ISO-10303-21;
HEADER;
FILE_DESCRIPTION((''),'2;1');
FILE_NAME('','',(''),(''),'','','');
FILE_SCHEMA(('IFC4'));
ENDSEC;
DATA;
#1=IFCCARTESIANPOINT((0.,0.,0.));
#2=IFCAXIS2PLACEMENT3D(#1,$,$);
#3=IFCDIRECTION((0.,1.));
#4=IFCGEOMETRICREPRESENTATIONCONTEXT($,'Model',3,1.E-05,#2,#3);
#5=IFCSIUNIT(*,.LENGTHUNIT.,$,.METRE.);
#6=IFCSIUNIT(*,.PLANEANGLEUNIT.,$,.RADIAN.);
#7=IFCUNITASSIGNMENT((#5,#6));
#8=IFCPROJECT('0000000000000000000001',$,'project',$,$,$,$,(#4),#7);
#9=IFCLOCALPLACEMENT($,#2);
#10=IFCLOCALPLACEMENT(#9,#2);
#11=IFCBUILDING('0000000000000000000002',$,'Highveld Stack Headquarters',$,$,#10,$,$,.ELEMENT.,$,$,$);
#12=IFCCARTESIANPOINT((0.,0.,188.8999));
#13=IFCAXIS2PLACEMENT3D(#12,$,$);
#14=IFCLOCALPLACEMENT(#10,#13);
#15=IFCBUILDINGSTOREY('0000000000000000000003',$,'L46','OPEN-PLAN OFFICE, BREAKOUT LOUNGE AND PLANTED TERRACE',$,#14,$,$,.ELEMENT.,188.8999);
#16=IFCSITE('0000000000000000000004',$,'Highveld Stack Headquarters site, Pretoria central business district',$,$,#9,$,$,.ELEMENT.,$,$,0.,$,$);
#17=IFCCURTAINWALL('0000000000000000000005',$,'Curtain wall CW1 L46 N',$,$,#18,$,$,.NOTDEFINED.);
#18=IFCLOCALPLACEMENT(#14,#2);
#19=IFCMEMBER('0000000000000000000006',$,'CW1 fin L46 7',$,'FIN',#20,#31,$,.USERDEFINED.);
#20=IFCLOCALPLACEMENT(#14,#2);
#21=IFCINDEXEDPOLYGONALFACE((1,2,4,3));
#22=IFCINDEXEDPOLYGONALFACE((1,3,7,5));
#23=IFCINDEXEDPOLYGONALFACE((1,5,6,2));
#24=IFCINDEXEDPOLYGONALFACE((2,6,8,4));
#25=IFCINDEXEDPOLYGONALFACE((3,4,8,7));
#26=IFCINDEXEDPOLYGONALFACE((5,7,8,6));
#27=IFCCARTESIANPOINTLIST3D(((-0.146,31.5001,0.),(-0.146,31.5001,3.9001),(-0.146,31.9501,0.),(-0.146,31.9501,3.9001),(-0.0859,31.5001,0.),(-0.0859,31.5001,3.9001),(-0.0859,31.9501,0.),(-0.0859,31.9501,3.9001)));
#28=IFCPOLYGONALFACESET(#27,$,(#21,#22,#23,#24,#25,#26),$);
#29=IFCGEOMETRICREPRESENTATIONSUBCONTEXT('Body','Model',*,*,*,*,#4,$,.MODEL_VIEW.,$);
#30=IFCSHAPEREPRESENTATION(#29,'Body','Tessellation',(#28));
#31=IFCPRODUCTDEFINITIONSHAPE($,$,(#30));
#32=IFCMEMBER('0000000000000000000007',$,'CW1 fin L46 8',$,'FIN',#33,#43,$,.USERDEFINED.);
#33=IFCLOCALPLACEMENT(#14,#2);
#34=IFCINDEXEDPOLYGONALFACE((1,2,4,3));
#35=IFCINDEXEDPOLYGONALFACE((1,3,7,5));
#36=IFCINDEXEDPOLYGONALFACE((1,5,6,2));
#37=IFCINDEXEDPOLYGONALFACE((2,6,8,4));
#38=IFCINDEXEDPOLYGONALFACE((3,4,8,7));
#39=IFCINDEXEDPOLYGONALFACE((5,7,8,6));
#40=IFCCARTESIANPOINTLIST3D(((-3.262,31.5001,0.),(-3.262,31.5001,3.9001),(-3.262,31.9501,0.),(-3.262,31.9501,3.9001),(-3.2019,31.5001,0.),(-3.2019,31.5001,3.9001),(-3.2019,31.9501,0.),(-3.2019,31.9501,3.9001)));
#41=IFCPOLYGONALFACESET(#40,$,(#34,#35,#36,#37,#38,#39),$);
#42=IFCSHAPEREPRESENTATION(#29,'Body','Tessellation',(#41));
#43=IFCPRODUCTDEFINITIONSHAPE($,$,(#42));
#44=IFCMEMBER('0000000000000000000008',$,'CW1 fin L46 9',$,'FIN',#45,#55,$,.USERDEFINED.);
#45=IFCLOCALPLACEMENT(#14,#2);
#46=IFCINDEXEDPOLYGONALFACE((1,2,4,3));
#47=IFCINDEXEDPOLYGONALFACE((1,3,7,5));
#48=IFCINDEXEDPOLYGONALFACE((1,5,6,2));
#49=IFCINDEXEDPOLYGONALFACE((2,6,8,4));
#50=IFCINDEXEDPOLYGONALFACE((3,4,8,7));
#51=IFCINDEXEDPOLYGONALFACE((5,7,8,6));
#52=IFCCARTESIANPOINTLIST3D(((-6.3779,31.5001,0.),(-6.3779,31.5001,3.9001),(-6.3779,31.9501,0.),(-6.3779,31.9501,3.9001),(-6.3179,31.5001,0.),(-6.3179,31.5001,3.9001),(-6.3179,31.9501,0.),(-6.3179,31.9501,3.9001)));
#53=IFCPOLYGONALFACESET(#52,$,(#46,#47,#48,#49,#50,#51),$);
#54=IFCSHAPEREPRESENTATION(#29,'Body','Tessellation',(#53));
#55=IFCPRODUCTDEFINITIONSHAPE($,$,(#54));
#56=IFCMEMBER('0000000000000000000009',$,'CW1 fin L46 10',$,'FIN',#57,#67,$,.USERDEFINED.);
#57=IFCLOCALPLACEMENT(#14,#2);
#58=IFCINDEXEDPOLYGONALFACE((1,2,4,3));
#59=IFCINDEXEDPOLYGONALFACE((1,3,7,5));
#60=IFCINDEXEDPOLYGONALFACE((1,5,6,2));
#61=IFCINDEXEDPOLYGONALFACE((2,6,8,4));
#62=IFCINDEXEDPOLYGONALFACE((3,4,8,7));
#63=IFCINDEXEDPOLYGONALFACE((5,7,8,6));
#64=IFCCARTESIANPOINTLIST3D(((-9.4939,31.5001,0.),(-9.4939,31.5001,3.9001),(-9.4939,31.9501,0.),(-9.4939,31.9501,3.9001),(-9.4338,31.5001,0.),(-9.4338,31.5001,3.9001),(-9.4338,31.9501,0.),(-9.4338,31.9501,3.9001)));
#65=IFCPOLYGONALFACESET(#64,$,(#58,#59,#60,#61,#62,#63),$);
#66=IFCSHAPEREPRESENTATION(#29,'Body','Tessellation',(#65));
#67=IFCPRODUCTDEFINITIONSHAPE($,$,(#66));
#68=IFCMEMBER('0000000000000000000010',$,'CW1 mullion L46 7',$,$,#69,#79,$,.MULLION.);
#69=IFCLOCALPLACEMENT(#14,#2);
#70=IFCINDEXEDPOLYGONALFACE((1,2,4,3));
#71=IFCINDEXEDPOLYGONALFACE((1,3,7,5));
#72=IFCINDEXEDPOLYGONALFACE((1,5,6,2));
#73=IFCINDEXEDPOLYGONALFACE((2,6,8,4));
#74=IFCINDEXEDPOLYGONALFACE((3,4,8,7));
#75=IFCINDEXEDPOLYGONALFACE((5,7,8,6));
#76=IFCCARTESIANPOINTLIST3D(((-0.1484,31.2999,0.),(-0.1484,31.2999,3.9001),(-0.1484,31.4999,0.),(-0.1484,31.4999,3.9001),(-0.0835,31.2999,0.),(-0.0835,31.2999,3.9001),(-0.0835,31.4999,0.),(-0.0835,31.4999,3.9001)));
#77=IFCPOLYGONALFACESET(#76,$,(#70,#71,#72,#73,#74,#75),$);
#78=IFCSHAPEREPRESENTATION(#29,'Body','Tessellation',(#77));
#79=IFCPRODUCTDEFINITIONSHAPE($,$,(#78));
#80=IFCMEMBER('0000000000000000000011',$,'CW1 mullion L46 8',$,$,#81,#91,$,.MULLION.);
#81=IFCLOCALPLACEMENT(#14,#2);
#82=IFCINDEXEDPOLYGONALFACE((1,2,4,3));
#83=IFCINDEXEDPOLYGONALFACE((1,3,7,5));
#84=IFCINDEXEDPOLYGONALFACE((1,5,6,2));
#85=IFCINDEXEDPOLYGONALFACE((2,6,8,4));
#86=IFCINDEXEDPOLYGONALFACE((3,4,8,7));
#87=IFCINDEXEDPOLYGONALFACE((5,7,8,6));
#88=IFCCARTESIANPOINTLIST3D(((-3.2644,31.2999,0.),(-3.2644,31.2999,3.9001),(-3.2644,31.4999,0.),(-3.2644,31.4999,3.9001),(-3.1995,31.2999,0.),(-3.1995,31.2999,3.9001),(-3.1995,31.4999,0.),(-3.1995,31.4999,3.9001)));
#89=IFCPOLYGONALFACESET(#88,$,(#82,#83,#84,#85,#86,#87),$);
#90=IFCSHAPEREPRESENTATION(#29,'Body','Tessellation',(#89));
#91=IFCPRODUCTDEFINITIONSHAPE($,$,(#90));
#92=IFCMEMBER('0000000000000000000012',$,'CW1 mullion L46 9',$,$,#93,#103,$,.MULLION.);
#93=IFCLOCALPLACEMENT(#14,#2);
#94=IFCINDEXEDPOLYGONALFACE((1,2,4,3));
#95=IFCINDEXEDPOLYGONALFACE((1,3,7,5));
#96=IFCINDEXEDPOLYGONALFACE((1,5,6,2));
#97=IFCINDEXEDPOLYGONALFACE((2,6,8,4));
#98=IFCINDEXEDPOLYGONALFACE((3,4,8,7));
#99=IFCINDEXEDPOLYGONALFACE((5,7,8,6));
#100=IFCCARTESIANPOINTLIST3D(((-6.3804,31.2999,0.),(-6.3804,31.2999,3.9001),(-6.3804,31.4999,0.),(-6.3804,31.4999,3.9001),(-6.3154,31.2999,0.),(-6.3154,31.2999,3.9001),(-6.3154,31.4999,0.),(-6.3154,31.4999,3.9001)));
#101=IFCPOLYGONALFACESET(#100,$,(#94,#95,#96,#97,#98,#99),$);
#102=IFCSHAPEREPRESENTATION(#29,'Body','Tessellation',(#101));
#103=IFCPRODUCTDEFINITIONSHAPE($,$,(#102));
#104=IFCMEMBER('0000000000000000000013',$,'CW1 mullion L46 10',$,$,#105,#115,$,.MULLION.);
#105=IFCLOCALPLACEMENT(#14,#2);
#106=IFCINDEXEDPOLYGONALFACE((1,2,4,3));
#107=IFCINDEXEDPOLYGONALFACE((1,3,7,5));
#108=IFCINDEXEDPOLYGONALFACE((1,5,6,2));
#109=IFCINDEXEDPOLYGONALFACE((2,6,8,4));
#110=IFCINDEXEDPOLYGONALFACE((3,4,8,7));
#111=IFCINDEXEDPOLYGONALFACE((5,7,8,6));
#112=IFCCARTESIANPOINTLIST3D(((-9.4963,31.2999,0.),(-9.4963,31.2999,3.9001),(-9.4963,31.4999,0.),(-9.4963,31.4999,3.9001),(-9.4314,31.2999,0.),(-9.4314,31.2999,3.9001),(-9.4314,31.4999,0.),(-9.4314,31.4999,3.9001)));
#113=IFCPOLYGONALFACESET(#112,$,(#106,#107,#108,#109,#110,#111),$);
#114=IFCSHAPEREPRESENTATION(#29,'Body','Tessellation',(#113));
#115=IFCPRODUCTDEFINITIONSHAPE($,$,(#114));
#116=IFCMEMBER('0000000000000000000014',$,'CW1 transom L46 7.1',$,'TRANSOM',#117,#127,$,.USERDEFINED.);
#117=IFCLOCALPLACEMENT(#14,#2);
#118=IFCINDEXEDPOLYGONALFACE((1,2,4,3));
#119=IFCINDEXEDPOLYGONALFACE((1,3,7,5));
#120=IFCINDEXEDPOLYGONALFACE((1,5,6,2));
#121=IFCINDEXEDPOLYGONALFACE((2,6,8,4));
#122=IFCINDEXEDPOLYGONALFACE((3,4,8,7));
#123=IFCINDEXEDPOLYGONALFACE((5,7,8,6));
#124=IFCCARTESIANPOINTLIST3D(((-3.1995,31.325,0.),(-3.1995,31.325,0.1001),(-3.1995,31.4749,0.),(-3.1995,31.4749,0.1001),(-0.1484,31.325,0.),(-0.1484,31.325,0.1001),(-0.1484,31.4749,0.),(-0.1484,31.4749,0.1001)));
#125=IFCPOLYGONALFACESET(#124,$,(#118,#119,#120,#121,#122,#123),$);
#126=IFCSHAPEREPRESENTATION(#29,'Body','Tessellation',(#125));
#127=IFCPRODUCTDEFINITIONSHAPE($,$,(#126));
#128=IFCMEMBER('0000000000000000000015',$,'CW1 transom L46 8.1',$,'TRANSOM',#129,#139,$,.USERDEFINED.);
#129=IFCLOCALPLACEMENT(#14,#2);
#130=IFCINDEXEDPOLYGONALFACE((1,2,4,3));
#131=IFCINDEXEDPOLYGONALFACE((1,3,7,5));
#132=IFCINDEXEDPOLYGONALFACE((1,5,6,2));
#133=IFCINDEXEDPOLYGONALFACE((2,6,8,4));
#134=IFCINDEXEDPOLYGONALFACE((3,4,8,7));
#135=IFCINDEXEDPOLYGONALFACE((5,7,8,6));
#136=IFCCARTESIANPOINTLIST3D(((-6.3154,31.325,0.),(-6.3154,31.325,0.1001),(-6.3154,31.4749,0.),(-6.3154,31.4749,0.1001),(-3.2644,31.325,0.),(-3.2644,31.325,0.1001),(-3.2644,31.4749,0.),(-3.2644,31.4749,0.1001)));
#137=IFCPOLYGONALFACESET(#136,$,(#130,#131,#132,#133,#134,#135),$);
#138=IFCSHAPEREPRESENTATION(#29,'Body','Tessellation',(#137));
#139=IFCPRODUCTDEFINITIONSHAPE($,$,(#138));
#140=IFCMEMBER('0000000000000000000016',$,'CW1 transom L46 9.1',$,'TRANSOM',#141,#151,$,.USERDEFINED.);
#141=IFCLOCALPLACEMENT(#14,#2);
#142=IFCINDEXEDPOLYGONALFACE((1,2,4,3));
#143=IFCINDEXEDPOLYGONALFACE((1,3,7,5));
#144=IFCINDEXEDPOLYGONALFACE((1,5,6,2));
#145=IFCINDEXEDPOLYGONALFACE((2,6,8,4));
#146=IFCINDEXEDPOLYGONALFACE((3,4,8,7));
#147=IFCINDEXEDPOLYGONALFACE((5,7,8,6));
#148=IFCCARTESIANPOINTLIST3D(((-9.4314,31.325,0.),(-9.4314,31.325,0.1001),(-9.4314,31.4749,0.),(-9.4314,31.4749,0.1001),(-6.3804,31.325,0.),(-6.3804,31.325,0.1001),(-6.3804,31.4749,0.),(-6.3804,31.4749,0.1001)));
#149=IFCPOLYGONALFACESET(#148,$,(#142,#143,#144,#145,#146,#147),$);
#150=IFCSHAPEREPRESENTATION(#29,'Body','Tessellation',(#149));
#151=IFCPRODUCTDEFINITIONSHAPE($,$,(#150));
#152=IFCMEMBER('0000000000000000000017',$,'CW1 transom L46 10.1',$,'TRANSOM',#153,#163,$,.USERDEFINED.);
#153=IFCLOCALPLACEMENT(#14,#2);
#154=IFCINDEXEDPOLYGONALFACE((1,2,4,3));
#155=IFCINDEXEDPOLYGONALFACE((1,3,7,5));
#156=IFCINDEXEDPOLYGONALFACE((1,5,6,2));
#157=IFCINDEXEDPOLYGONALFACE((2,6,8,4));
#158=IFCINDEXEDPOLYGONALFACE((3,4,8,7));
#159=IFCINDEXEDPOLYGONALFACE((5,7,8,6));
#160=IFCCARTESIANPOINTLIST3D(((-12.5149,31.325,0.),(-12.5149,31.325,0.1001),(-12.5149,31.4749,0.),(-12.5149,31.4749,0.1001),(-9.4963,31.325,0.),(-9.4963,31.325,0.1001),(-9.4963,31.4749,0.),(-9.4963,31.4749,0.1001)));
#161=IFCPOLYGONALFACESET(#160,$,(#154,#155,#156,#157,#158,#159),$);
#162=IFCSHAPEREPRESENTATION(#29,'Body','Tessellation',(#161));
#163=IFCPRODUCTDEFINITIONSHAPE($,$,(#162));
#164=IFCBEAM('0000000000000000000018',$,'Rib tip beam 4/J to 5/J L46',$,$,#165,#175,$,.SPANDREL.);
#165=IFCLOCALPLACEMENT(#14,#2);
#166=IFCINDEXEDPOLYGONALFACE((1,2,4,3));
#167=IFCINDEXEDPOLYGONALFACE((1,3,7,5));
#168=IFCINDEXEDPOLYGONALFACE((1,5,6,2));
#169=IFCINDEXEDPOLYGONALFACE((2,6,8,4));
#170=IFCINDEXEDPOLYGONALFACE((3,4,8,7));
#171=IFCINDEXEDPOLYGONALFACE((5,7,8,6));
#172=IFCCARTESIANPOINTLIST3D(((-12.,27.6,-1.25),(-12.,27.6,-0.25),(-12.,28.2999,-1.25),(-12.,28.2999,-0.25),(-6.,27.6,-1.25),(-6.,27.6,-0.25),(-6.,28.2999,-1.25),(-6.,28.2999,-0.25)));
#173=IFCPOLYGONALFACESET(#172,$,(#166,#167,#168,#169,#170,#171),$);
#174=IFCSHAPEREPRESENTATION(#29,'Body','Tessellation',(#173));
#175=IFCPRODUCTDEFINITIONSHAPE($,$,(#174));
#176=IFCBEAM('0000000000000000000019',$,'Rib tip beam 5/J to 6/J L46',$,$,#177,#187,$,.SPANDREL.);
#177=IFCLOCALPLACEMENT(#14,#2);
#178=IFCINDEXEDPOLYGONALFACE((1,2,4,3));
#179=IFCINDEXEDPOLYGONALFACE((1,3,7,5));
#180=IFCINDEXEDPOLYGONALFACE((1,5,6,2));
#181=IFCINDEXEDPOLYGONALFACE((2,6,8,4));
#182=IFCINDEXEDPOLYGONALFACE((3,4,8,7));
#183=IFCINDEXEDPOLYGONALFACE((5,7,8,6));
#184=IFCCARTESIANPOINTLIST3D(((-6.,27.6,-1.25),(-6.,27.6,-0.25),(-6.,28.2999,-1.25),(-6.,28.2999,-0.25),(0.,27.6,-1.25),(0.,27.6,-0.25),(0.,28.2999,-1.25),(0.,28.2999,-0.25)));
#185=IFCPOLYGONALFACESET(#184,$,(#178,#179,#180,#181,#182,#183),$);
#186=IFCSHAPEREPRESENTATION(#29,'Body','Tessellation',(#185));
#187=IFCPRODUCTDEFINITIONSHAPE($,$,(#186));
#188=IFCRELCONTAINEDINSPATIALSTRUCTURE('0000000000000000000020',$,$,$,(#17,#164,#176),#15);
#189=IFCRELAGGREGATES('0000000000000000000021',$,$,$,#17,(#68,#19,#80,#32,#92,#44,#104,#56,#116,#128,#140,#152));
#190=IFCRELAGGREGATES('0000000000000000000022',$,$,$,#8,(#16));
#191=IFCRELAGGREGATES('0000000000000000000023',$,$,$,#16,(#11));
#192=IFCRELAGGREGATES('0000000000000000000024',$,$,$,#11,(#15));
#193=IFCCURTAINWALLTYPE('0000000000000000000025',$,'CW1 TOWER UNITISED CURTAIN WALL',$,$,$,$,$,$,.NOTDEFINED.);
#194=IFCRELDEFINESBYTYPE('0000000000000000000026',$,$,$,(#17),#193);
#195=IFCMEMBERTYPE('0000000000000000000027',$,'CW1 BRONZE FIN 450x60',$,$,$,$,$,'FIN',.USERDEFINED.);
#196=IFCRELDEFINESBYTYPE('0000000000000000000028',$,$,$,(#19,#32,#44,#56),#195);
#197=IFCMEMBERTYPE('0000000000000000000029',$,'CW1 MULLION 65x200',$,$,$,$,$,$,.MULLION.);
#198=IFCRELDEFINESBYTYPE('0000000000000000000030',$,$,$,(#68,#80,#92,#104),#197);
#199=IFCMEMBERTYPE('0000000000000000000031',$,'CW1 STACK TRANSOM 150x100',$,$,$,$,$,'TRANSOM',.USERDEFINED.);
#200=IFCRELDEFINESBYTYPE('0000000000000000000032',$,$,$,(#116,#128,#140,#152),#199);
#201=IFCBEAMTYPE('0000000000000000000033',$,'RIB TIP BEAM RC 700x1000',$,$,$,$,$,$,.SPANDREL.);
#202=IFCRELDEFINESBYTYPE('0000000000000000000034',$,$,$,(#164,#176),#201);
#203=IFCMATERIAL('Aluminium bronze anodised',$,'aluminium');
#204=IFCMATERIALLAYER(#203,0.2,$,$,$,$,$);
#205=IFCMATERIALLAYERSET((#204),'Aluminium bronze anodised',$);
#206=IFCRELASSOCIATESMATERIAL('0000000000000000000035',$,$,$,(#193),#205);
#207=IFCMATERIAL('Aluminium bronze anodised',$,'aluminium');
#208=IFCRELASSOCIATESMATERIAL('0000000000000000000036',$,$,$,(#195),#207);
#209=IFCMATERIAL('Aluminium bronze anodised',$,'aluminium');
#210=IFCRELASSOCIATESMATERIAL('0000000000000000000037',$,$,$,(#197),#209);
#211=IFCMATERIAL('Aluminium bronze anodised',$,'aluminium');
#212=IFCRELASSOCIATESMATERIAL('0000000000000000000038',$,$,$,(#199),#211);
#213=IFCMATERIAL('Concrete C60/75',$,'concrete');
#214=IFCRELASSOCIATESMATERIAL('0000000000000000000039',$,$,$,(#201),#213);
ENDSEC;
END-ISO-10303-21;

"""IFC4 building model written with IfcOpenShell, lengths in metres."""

from ifc_helpers import new_model, si_unit, direction, frame, origin, origin_2d, place, context, subcontext, project, spatial, rectangle, extrude, material, layer, layer_set, material_profile, profile_set, type_object, element, aggregate, save


model = new_model("IFC4")

# Units and contexts
model_context = context("Model", 3, precision=1e-05, world=origin(), true_north=direction((0.0, 1.0)))
body_context = subcontext(model_context, "Body", "Model", "MODEL_VIEW")
ifc_project = project(units=[si_unit("LENGTHUNIT", "METRE"), si_unit("PLANEANGLEUNIT", "RADIAN")], contexts=[model_context])

# Site, building, storey
site_placement = place(None, origin())
site = spatial("IfcSite", under=ifc_project, at=site_placement, Name="Highveld Stack Headquarters site, Pretoria central business district", CompositionType="ELEMENT", RefElevation=0.0)
building_placement = place(site_placement, origin())
building = spatial("IfcBuilding", under=site, at=building_placement, Name="Highveld Stack Headquarters", CompositionType="ELEMENT")
storey_placement = place(building_placement, frame((0.0, 0.0, 188.8999)))
storey = spatial("IfcBuildingStorey", under=building, at=storey_placement, Name="L46", Description="OPEN-PLAN OFFICE, BREAKOUT LOUNGE AND PLANTED TERRACE", CompositionType="ELEMENT", Elevation=188.8999)

# Curtain wall, members
ifc_material_1 = material(Name="Aluminium bronze anodised", Category="aluminium")
ifc_layer_1 = layer(ifc_material_1, 0.2)
ifc_layer_set_1 = layer_set([ifc_layer_1], Name="Aluminium bronze anodised")
curtain_wall_type = type_object("IfcCurtainWallType", Name="CW1 TOWER UNITISED CURTAIN WALL", PredefinedType="NOTDEFINED", material=ifc_layer_set_1)
curtain_wall_placement = place(storey_placement, origin())
curtain_wall = element("IfcCurtainWall", 1, at=curtain_wall_placement, inside=storey, type_object=curtain_wall_type, Name="Curtain wall CW1 L46 N", PredefinedType="NOTDEFINED")
ifc_material_2 = material(Name="Aluminium bronze anodised", Category="aluminium")
ifc_material_profile_1 = material_profile(ifc_material_2, rectangle(XDim=0.45, YDim=0.0601, at=origin_2d()), Name="FIN 450x60")
ifc_profile_set_1 = profile_set([ifc_material_profile_1], Name="Aluminium bronze anodised")
member_type_1 = type_object("IfcMemberType", Name="CW1 BRONZE FIN 450x60", ElementType="FIN", PredefinedType="USERDEFINED", material=ifc_profile_set_1)
member_1_placement = place(storey_placement, frame((-0.116, 31.7251, 0.0), z_axis=(0.0, 0.0, 1.0), x_axis=(0.0, -1.0, 0.0)))
member_1 = element("IfcMember", 2, at=member_1_placement, type_object=member_type_1, Name="CW1 fin L46 7", ObjectType="FIN", PredefinedType="USERDEFINED", context=body_context, shape_type="SweptSolid", body=[
    extrude(rectangle(XDim=0.45, YDim=0.0601, at=origin_2d()), origin(), (0.0, 0.0, 1.0), 3.9001),
])
member_2_placement = place(storey_placement, frame((-3.2319, 31.7251, 0.0), z_axis=(0.0, 0.0, 1.0), x_axis=(0.0, -1.0, 0.0)))
member_2 = element("IfcMember", 3, at=member_2_placement, type_object=member_type_1, Name="CW1 fin L46 8", ObjectType="FIN", PredefinedType="USERDEFINED", context=body_context, shape_type="SweptSolid", body=[
    extrude(rectangle(XDim=0.45, YDim=0.0601, at=origin_2d()), origin(), (0.0, 0.0, 1.0), 3.9001),
])
member_3_placement = place(storey_placement, frame((-6.3479, 31.7251, 0.0), z_axis=(0.0, 0.0, 1.0), x_axis=(0.0, -1.0, 0.0)))
member_3 = element("IfcMember", 4, at=member_3_placement, type_object=member_type_1, Name="CW1 fin L46 9", ObjectType="FIN", PredefinedType="USERDEFINED", context=body_context, shape_type="SweptSolid", body=[
    extrude(rectangle(XDim=0.45, YDim=0.0601, at=origin_2d()), origin(), (0.0, 0.0, 1.0), 3.9001),
])
member_4_placement = place(storey_placement, frame((-9.4639, 31.7251, 0.0), z_axis=(0.0, 0.0, 1.0), x_axis=(0.0, -1.0, 0.0)))
member_4 = element("IfcMember", 5, at=member_4_placement, type_object=member_type_1, Name="CW1 fin L46 10", ObjectType="FIN", PredefinedType="USERDEFINED", context=body_context, shape_type="SweptSolid", body=[
    extrude(rectangle(XDim=0.45, YDim=0.0601, at=origin_2d()), origin(), (0.0, 0.0, 1.0), 3.9001),
])
ifc_material_3 = material(Name="Aluminium bronze anodised", Category="aluminium")
ifc_material_profile_2 = material_profile(ifc_material_3, rectangle(XDim=0.2, YDim=0.0649, at=origin_2d()), Name="CW1 MULLION 65x200")
ifc_profile_set_2 = profile_set([ifc_material_profile_2], Name="Aluminium bronze anodised")
member_type_2 = type_object("IfcMemberType", Name="CW1 MULLION 65x200", PredefinedType="MULLION", material=ifc_profile_set_2)
member_5_placement = place(storey_placement, frame((-0.116, 31.3999, 0.0), z_axis=(0.0, 0.0, 1.0), x_axis=(0.0, -1.0, 0.0)))
member_5 = element("IfcMember", 6, at=member_5_placement, type_object=member_type_2, Name="CW1 mullion L46 7", PredefinedType="MULLION", context=body_context, shape_type="SweptSolid", body=[
    extrude(rectangle(XDim=0.2, YDim=0.0649, at=origin_2d()), origin(), (0.0, 0.0, 1.0), 3.9001),
])
member_6_placement = place(storey_placement, frame((-3.2319, 31.3999, 0.0), z_axis=(0.0, 0.0, 1.0), x_axis=(0.0, -1.0, 0.0)))
member_6 = element("IfcMember", 7, at=member_6_placement, type_object=member_type_2, Name="CW1 mullion L46 8", PredefinedType="MULLION", context=body_context, shape_type="SweptSolid", body=[
    extrude(rectangle(XDim=0.2, YDim=0.0649, at=origin_2d()), origin(), (0.0, 0.0, 1.0), 3.9001),
])
member_7_placement = place(storey_placement, frame((-6.3479, 31.3999, 0.0), z_axis=(0.0, 0.0, 1.0), x_axis=(0.0, -1.0, 0.0)))
member_7 = element("IfcMember", 8, at=member_7_placement, type_object=member_type_2, Name="CW1 mullion L46 9", PredefinedType="MULLION", context=body_context, shape_type="SweptSolid", body=[
    extrude(rectangle(XDim=0.2, YDim=0.0649, at=origin_2d()), origin(), (0.0, 0.0, 1.0), 3.9001),
])
member_8_placement = place(storey_placement, frame((-9.4639, 31.3999, 0.0), z_axis=(0.0, 0.0, 1.0), x_axis=(0.0, -1.0, 0.0)))
member_8 = element("IfcMember", 9, at=member_8_placement, type_object=member_type_2, Name="CW1 mullion L46 10", PredefinedType="MULLION", context=body_context, shape_type="SweptSolid", body=[
    extrude(rectangle(XDim=0.2, YDim=0.0649, at=origin_2d()), origin(), (0.0, 0.0, 1.0), 3.9001),
])
ifc_material_4 = material(Name="Aluminium bronze anodised", Category="aluminium")
ifc_material_profile_3 = material_profile(ifc_material_4, rectangle(XDim=0.1499, YDim=0.1001, at=origin_2d()), Name="CW1 TRANSOM 150x100")
ifc_profile_set_3 = profile_set([ifc_material_profile_3], Name="Aluminium bronze anodised")
member_type_3 = type_object("IfcMemberType", Name="CW1 STACK TRANSOM 150x100", ElementType="TRANSOM", PredefinedType="USERDEFINED", material=ifc_profile_set_3)
member_9_placement = place(storey_placement, frame((-0.1484, 31.3999, 0.05), z_axis=(-1.0, 0.0, 0.0), x_axis=(0.0, -1.0, 0.0)))
member_9 = element("IfcMember", 10, at=member_9_placement, type_object=member_type_3, Name="CW1 transom L46 7.1", ObjectType="TRANSOM", PredefinedType="USERDEFINED", context=body_context, shape_type="SweptSolid", body=[
    extrude(rectangle(XDim=0.1499, YDim=0.1001, at=origin_2d()), origin(), (0.0, 0.0, 1.0), 3.051),
])
member_10_placement = place(storey_placement, frame((-3.2644, 31.3999, 0.05), z_axis=(-1.0, 0.0, 0.0), x_axis=(0.0, -1.0, 0.0)))
member_10 = element("IfcMember", 11, at=member_10_placement, type_object=member_type_3, Name="CW1 transom L46 8.1", ObjectType="TRANSOM", PredefinedType="USERDEFINED", context=body_context, shape_type="SweptSolid", body=[
    extrude(rectangle(XDim=0.1499, YDim=0.1001, at=origin_2d()), origin(), (0.0, 0.0, 1.0), 3.051),
])
member_11_placement = place(storey_placement, frame((-6.3804, 31.3999, 0.05), z_axis=(-1.0, 0.0, 0.0), x_axis=(0.0, -1.0, 0.0)))
member_11 = element("IfcMember", 12, at=member_11_placement, type_object=member_type_3, Name="CW1 transom L46 9.1", ObjectType="TRANSOM", PredefinedType="USERDEFINED", context=body_context, shape_type="SweptSolid", body=[
    extrude(rectangle(XDim=0.1499, YDim=0.1001, at=origin_2d()), origin(), (0.0, 0.0, 1.0), 3.051),
])
member_12_placement = place(storey_placement, frame((-9.4963, 31.3999, 0.05), z_axis=(-1.0, 0.0, 0.0), x_axis=(0.0, -1.0, 0.0)))
member_12 = element("IfcMember", 13, at=member_12_placement, type_object=member_type_3, Name="CW1 transom L46 10.1", ObjectType="TRANSOM", PredefinedType="USERDEFINED", context=body_context, shape_type="SweptSolid", body=[
    extrude(rectangle(XDim=0.1499, YDim=0.1001, at=origin_2d()), origin(), (0.0, 0.0, 1.0), 3.0186),
])

# Beams
ifc_material_5 = material(Name="Concrete C60/75", Category="concrete")
ifc_material_profile_4 = material_profile(ifc_material_5, rectangle(XDim=0.7, YDim=1.0, at=origin_2d()), Name="RC 700x1000")
ifc_profile_set_4 = profile_set([ifc_material_profile_4], Name="Concrete C60/75")
beam_type = type_object("IfcBeamType", Name="RIB TIP BEAM RC 700x1000", PredefinedType="SPANDREL", material=ifc_profile_set_4)
for number, where, z_axis, x_axis, name in (
    (14, (-12.0, 27.95, -0.75), (1.0, 0.0, 0.0), (0.0, 1.0, 0.0), "Rib tip beam 4/J to 5/J L46"),
    (15, (-6.0, 27.95, -0.75), (1.0, 0.0, 0.0), (0.0, 1.0, 0.0), "Rib tip beam 5/J to 6/J L46"),
):
    element("IfcBeam", number, at=place(storey_placement, frame(where, z_axis=z_axis, x_axis=x_axis)), inside=storey, type_object=beam_type, Name=name, PredefinedType="SPANDREL", context=body_context, shape_type="SweptSolid", body=[
        extrude(rectangle(XDim=0.7, YDim=1.0, at=origin_2d()), origin(), (0.0, 0.0, 1.0), 6.0),
    ])

aggregate(curtain_wall, [member_5, member_1, member_6, member_2, member_7, member_3, member_8, member_4, member_9, member_10, member_11, member_12])

save(model, "model.ifc")
